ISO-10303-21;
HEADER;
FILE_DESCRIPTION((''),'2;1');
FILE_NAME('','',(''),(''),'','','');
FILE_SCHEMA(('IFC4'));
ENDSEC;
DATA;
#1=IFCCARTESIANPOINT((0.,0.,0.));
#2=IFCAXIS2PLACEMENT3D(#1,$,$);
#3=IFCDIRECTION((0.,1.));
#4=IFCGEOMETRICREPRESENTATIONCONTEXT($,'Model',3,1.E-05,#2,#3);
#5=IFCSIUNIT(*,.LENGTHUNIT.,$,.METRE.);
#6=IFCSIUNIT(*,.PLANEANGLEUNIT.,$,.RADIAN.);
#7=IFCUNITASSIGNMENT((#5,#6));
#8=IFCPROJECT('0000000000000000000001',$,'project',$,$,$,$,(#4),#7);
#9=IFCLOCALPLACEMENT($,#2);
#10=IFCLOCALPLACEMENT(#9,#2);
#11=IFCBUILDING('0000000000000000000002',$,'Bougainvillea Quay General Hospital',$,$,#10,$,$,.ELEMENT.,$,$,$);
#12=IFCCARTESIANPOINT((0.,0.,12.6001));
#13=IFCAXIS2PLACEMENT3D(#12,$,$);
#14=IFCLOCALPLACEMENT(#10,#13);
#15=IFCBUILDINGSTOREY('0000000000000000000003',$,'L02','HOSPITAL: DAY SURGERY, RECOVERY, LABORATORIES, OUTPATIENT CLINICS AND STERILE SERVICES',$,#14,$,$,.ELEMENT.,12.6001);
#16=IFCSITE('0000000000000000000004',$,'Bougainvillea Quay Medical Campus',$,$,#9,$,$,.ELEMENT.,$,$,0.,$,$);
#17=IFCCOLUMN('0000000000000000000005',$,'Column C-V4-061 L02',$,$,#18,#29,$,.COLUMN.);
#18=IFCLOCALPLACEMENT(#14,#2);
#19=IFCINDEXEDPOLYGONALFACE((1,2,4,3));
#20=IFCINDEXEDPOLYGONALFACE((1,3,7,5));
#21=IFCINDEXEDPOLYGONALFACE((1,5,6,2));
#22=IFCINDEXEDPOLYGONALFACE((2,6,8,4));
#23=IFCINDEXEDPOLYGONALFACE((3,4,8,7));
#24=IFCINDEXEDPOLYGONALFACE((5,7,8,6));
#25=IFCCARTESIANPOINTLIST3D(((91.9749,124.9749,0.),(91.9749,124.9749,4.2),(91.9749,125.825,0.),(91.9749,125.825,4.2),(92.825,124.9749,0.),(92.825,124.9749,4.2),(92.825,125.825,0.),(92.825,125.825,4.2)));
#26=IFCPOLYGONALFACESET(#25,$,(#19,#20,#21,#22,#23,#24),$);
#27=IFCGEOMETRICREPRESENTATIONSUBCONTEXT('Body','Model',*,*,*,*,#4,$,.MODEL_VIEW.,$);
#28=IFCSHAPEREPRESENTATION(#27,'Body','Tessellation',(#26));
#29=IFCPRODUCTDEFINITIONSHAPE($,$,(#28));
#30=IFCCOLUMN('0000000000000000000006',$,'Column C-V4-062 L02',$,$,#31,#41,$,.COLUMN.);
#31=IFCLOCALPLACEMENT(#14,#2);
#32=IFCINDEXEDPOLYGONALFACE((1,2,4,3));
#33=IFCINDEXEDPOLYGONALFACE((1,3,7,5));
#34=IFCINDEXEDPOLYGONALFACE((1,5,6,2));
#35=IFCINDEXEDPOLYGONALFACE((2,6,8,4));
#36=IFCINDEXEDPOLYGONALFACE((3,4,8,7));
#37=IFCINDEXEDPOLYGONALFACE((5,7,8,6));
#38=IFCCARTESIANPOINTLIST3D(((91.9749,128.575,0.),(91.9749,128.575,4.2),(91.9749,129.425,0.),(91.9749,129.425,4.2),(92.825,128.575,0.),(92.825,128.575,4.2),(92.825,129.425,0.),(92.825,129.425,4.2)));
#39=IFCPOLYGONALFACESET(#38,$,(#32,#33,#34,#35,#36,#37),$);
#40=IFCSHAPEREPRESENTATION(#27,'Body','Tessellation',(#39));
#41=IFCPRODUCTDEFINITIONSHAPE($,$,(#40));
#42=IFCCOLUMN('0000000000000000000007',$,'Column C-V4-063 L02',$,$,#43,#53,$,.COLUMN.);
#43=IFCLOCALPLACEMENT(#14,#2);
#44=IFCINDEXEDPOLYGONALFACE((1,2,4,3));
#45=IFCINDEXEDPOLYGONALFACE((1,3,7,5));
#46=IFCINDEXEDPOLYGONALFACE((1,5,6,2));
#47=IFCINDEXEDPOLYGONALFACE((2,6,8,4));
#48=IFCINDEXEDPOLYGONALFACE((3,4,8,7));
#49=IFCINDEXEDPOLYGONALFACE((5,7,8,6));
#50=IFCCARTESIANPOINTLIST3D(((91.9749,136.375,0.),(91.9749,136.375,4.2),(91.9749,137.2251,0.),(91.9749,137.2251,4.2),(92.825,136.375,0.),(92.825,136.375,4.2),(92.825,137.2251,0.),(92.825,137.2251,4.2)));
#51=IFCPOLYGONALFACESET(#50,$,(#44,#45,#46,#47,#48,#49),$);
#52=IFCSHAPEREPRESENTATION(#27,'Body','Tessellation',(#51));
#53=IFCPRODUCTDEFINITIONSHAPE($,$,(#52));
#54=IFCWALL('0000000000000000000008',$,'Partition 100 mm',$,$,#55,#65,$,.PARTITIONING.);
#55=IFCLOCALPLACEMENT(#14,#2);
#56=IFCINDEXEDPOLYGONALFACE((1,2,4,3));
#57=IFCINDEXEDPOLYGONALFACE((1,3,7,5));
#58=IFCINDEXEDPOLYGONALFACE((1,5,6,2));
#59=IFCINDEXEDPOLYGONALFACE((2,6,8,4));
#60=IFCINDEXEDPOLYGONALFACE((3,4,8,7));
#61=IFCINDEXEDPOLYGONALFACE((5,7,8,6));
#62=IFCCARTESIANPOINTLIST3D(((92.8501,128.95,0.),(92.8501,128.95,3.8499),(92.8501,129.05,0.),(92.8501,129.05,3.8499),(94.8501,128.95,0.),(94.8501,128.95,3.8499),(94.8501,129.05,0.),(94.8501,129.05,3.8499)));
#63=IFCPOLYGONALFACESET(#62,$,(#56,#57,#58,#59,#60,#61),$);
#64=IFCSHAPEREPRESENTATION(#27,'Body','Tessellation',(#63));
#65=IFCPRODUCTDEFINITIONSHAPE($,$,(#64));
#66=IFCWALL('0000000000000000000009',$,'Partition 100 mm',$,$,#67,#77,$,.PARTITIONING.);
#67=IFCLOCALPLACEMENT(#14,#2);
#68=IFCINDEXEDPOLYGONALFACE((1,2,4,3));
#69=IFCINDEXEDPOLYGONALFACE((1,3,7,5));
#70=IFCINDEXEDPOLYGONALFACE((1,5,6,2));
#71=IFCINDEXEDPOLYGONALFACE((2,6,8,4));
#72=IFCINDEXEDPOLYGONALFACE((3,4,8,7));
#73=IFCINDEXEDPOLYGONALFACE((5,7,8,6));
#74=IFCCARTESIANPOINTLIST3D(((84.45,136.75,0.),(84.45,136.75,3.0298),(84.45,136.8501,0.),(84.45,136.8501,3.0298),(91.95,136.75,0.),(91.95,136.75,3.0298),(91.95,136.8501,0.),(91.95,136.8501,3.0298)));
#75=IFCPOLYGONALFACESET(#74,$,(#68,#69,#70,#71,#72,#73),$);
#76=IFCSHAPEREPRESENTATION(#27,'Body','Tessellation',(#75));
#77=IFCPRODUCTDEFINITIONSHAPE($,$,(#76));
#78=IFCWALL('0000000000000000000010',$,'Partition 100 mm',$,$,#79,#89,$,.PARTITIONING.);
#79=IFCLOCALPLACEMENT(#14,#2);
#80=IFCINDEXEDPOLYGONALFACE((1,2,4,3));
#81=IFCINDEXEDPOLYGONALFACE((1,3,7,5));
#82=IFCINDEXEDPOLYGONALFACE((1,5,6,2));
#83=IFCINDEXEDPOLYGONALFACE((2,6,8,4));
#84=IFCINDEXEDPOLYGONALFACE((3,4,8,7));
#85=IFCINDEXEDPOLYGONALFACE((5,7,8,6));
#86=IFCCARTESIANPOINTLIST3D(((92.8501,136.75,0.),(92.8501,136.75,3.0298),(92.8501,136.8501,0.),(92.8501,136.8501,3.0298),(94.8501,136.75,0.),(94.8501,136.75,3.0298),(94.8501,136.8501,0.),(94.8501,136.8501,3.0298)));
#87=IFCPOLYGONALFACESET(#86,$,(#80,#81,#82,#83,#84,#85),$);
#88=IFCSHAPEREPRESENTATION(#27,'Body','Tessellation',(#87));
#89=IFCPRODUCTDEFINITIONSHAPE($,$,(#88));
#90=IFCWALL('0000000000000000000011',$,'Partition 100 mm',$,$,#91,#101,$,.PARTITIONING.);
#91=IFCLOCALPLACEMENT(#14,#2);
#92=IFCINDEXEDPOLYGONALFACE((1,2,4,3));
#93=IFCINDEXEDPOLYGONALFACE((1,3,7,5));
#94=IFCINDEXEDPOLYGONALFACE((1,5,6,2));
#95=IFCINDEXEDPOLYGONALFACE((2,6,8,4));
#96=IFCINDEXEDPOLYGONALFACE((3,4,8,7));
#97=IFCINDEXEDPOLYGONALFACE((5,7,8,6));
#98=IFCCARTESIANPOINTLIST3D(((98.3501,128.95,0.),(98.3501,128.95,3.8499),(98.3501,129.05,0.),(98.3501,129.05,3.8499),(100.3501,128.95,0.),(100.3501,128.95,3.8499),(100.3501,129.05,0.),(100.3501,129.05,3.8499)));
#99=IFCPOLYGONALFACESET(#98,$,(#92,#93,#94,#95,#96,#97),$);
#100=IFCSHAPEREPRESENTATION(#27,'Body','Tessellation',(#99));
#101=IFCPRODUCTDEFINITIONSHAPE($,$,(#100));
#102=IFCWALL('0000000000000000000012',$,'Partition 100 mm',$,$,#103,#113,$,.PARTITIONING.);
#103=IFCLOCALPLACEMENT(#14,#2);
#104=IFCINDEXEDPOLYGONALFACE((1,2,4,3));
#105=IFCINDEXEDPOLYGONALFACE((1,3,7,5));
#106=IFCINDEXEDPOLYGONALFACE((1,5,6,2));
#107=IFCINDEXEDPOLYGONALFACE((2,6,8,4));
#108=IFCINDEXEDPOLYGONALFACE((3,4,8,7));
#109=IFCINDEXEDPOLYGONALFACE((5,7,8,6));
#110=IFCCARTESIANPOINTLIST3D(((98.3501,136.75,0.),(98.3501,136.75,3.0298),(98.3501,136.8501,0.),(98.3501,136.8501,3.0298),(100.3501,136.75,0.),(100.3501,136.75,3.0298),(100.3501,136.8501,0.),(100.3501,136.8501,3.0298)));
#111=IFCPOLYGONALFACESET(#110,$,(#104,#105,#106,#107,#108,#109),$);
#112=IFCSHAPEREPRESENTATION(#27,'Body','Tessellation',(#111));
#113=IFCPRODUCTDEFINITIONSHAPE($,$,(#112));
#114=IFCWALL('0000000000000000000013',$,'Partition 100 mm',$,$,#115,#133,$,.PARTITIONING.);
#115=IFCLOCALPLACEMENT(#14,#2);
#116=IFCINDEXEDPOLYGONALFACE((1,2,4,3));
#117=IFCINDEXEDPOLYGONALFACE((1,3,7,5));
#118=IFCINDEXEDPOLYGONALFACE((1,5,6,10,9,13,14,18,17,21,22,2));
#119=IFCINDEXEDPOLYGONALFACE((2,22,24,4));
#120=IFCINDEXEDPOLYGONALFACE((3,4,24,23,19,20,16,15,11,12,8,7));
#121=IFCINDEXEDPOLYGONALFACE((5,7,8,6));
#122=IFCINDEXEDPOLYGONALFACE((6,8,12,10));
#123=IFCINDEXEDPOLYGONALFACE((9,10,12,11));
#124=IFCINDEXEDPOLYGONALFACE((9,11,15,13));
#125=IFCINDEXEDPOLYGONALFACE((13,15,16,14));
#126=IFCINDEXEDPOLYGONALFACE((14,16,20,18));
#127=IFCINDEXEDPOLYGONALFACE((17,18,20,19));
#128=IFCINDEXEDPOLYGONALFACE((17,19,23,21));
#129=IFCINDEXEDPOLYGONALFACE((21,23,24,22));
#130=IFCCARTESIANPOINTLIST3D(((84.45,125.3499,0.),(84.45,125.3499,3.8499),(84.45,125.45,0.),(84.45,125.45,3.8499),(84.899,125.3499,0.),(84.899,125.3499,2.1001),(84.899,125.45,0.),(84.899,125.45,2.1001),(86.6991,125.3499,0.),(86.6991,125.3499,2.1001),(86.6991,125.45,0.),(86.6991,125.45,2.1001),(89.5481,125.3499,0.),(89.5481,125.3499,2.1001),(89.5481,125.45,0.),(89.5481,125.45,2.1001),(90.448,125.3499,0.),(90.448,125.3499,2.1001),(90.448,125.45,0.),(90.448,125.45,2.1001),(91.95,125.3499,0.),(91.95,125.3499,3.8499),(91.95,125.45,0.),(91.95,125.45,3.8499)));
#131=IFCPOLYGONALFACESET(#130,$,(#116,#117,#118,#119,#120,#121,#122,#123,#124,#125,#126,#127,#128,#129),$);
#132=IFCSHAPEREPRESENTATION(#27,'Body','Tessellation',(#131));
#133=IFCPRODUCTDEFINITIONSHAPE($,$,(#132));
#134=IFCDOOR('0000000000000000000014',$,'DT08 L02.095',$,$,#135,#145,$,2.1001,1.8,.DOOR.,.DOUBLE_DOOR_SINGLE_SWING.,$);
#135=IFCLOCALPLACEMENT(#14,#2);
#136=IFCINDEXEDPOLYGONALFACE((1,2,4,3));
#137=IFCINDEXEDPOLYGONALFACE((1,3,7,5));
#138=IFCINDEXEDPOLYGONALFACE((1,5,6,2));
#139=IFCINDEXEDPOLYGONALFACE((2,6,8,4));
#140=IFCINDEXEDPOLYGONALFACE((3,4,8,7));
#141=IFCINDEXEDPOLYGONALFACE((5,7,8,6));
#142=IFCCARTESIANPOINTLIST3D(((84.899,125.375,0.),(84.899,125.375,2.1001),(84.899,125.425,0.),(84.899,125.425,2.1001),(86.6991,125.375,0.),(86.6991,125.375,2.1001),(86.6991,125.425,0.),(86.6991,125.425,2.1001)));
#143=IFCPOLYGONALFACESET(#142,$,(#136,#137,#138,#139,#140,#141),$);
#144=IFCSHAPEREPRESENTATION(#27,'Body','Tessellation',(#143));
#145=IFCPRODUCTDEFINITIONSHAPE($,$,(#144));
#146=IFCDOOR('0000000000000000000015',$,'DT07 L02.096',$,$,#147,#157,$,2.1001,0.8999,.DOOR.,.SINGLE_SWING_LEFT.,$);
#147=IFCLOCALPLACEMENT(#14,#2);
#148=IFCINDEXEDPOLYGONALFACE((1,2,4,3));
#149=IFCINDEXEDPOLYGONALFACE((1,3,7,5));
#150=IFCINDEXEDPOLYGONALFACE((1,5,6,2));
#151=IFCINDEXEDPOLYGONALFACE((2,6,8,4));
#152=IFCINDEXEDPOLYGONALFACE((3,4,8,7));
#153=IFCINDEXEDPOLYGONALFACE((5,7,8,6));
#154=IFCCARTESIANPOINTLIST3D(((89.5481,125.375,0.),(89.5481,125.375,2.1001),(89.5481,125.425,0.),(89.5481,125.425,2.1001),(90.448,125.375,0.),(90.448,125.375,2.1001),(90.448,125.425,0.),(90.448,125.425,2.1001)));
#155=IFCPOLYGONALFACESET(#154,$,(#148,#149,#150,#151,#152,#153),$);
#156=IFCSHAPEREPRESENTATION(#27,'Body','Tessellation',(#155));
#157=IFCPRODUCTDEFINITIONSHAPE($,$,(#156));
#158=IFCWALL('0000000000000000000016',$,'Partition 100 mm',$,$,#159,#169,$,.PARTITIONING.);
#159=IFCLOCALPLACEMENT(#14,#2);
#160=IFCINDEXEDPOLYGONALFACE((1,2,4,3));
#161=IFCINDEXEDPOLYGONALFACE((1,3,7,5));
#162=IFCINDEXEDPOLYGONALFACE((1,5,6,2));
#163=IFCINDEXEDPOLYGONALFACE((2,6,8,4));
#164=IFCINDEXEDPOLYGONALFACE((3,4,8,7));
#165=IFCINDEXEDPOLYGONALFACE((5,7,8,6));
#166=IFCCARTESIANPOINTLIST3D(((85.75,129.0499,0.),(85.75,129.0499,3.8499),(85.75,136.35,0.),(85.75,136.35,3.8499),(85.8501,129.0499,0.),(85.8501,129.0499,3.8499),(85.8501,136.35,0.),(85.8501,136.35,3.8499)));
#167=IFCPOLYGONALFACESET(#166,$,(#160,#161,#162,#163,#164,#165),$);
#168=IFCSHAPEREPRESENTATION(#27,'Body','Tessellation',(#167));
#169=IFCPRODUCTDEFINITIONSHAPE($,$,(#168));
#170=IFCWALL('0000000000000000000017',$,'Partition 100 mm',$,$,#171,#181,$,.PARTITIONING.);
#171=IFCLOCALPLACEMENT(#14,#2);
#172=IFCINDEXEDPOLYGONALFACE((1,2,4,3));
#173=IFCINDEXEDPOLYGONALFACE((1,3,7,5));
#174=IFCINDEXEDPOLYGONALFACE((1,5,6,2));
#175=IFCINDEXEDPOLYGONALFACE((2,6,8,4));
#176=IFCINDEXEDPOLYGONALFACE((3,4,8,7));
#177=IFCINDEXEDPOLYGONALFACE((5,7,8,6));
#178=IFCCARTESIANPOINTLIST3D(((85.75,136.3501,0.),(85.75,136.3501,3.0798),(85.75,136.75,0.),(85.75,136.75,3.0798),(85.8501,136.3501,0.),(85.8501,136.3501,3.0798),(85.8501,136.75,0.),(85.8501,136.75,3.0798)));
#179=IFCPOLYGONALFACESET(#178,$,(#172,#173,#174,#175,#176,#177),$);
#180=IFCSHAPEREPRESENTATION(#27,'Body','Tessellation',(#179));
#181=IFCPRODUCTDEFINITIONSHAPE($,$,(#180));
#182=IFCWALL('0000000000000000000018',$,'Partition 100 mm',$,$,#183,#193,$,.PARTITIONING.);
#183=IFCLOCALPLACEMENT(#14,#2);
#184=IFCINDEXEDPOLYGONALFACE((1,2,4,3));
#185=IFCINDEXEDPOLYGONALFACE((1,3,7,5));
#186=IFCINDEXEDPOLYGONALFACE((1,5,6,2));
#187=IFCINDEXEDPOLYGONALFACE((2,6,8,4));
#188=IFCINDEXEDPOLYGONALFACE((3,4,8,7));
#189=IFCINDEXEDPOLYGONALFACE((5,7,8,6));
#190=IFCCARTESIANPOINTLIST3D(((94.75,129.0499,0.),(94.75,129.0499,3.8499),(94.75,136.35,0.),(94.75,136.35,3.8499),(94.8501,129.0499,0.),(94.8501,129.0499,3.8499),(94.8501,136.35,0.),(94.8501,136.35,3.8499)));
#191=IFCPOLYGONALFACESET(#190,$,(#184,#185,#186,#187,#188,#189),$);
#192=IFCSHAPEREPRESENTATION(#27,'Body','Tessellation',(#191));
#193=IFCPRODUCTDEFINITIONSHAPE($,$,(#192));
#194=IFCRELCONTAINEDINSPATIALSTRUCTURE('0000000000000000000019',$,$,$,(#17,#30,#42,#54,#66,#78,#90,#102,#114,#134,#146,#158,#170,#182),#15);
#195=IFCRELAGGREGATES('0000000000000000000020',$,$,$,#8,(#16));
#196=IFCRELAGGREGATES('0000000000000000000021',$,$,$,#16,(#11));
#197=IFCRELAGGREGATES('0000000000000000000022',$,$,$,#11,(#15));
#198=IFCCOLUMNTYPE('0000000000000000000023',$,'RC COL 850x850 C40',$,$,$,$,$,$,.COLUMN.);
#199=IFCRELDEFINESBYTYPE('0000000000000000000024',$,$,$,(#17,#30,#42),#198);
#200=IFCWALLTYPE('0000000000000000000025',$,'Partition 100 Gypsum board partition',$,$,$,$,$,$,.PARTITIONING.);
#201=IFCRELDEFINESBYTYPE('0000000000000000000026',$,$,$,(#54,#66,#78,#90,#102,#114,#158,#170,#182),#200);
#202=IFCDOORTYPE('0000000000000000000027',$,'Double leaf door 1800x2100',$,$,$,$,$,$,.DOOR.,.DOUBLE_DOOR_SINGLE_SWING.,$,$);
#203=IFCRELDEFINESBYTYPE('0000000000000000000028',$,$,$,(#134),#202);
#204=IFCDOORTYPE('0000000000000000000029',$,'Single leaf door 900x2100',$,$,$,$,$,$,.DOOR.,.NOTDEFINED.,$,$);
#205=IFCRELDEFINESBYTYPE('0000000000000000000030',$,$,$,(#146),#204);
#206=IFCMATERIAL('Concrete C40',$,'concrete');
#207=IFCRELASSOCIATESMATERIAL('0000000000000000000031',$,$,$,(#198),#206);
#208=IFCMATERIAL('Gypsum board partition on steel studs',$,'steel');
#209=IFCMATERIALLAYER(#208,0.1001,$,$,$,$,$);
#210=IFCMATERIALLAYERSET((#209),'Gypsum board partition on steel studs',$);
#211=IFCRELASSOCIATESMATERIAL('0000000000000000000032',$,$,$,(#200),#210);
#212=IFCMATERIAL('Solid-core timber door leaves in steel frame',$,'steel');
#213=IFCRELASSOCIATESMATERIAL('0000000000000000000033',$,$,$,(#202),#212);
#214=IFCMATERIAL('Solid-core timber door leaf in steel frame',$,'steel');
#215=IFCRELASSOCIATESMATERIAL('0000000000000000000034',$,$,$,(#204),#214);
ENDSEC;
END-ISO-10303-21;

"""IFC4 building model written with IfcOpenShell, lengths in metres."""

from ifc_helpers import new_model, si_unit, direction, frame, frame_2d, origin, origin_2d, place, context, subcontext, project, spatial, rectangle, extrude, material, layer, layer_set, material_profile, profile_set, type_object, element, fill, save


model = new_model("IFC4")

# Units and contexts
model_context = context("Model", 3, precision=1e-05, world=origin(), true_north=direction((0.0, 1.0)))
body_context = subcontext(model_context, "Body", "Model", "MODEL_VIEW")
ifc_project = project(units=[si_unit("LENGTHUNIT", "METRE"), si_unit("PLANEANGLEUNIT", "RADIAN")], contexts=[model_context])

# Site, building, storey
site_placement = place(None, origin())
site = spatial("IfcSite", under=ifc_project, at=site_placement, Name="Bougainvillea Quay Medical Campus", CompositionType="ELEMENT", RefElevation=0.0)
building_placement = place(site_placement, origin())
building = spatial("IfcBuilding", under=site, at=building_placement, Name="Bougainvillea Quay General Hospital", CompositionType="ELEMENT")
storey_placement = place(building_placement, frame((0.0, 0.0, 12.6001)))
storey = spatial("IfcBuildingStorey", under=building, at=storey_placement, Name="L02", Description="HOSPITAL: DAY SURGERY, RECOVERY, LABORATORIES, OUTPATIENT CLINICS AND STERILE SERVICES", CompositionType="ELEMENT", Elevation=12.6001)

# Columns
ifc_material_1 = material(Name="Concrete C40", Category="concrete")
ifc_material_profile = material_profile(ifc_material_1, rectangle(XDim=0.8501, YDim=0.8501, at=origin_2d()))
ifc_profile_set = profile_set([ifc_material_profile], Name="Concrete C40")
column_type = type_object("IfcColumnType", Name="RC COL 850x850 C40", PredefinedType="COLUMN", material=ifc_profile_set)
for number, where, z_axis, x_axis, name in (
    (1, (92.3999, 125.3999, 0.0), (0.0, 0.0, 1.0), (1.0, 0.0, 0.0), "Column C-V4-061 L02"),
    (2, (92.3999, 129.0, 0.0), (0.0, 0.0, 1.0), (1.0, 0.0, 0.0), "Column C-V4-062 L02"),
    (3, (92.3999, 136.8, 0.0), (0.0, 0.0, 1.0), (1.0, 0.0, 0.0), "Column C-V4-063 L02"),
):
    element("IfcColumn", number, at=place(storey_placement, frame(where, z_axis=z_axis, x_axis=x_axis)), inside=storey, type_object=column_type, Name=name, PredefinedType="COLUMN", context=body_context, shape_type="SweptSolid", body=[
        extrude(rectangle(XDim=0.8501, YDim=0.8501, at=origin_2d()), origin(), (0.0, 0.0, 1.0), 4.2),
    ])

# Walls
ifc_material_2 = material(Name="Gypsum board partition on steel studs", Category="steel")
ifc_layer_1 = layer(ifc_material_2, 0.1001)
ifc_layer_set_1 = layer_set([ifc_layer_1], Name="Gypsum board partition on steel studs")
wall_type_1 = type_object("IfcWallType", Name="Partition 100 Gypsum board partition", PredefinedType="PARTITIONING", material=ifc_layer_set_1)
wall_1_placement = place(storey_placement, frame((92.8501, 129.0, 0.0), z_axis=(0.0, 0.0, 1.0), x_axis=(1.0, 0.0, 0.0)))
element("IfcWall", 4, at=wall_1_placement, inside=storey, type_object=wall_type_1, Name="Partition 100 mm", PredefinedType="PARTITIONING", context=body_context, shape_type="SweptSolid", body=[
    extrude(rectangle(XDim=2.0, YDim=0.1001, at=frame_2d((1.0, 0.0))), origin(), (0.0, 0.0, 1.0), 3.8499),
])
wall_2_placement = place(storey_placement, frame((84.45, 136.8, 0.0), z_axis=(0.0, 0.0, 1.0), x_axis=(1.0, 0.0, 0.0)))
element("IfcWall", 5, at=wall_2_placement, inside=storey, type_object=wall_type_1, Name="Partition 100 mm", PredefinedType="PARTITIONING", context=body_context, shape_type="SweptSolid", body=[
    extrude(rectangle(XDim=7.5, YDim=0.1001, at=frame_2d((3.75, 0.0))), origin(), (0.0, 0.0, 1.0), 3.0298),
])
wall_3_placement = place(storey_placement, frame((92.8501, 136.8, 0.0), z_axis=(0.0, 0.0, 1.0), x_axis=(1.0, 0.0, 0.0)))
element("IfcWall", 6, at=wall_3_placement, inside=storey, type_object=wall_type_1, Name="Partition 100 mm", PredefinedType="PARTITIONING", context=body_context, shape_type="SweptSolid", body=[
    extrude(rectangle(XDim=2.0, YDim=0.1001, at=frame_2d((1.0, 0.0))), origin(), (0.0, 0.0, 1.0), 3.0298),
])
wall_4_placement = place(storey_placement, frame((98.3501, 129.0, 0.0), z_axis=(0.0, 0.0, 1.0), x_axis=(1.0, 0.0, 0.0)))
element("IfcWall", 7, at=wall_4_placement, inside=storey, type_object=wall_type_1, Name="Partition 100 mm", PredefinedType="PARTITIONING", context=body_context, shape_type="SweptSolid", body=[
    extrude(rectangle(XDim=2.0, YDim=0.1001, at=frame_2d((1.0, 0.0))), origin(), (0.0, 0.0, 1.0), 3.8499),
])
wall_5_placement = place(storey_placement, frame((98.3501, 136.8, 0.0), z_axis=(0.0, 0.0, 1.0), x_axis=(1.0, 0.0, 0.0)))
element("IfcWall", 8, at=wall_5_placement, inside=storey, type_object=wall_type_1, Name="Partition 100 mm", PredefinedType="PARTITIONING", context=body_context, shape_type="SweptSolid", body=[
    extrude(rectangle(XDim=2.0, YDim=0.1001, at=frame_2d((1.0, 0.0))), origin(), (0.0, 0.0, 1.0), 3.0298),
])

# Wall, openings, doors
wall_6_placement = place(storey_placement, frame((91.95, 125.3999, 0.0), z_axis=(0.0, 0.0, 1.0), x_axis=(-1.0, 0.0, 0.0)))
wall_6 = element("IfcWall", 9, at=wall_6_placement, inside=storey, type_object=wall_type_1, Name="Partition 100 mm", PredefinedType="PARTITIONING", context=body_context, shape_type="SweptSolid", body=[
    extrude(rectangle(XDim=7.5, YDim=0.1001, at=frame_2d((3.75, 0.0))), origin(), (0.0, 0.0, 1.0), 3.8499),
])
opening_1_placement = place(wall_6_placement, frame((5.251, 0.0, 0.0)))
opening_1 = element("IfcOpeningElement", 10, at=opening_1_placement, cuts=wall_6, PredefinedType="OPENING", context=body_context, shape_type="SweptSolid", body=[
    extrude(rectangle(XDim=1.8, YDim=2.1001, at=frame_2d((0.8999, 1.05))), frame((0.0, 0.0601, 0.0), z_axis=(0.0, -1.0, 0.0), x_axis=(1.0, 0.0, 0.0)), (0.0, 0.0, 1.0), 0.1201),
])
opening_2_placement = place(wall_6_placement, frame((1.502, 0.0, 0.0)))
opening_2 = element("IfcOpeningElement", 11, at=opening_2_placement, cuts=wall_6, PredefinedType="OPENING", context=body_context, shape_type="SweptSolid", body=[
    extrude(rectangle(XDim=0.8999, YDim=2.1001, at=frame_2d((0.45, 1.05))), frame((0.0, 0.0601, 0.0), z_axis=(0.0, -1.0, 0.0), x_axis=(1.0, 0.0, 0.0)), (0.0, 0.0, 1.0), 0.1201),
])
ifc_material_3 = material(Name="Solid-core timber door leaves in steel frame", Category="steel")
door_type_1 = type_object("IfcDoorType", Name="Double leaf door 1800x2100", OperationType="DOUBLE_DOOR_SINGLE_SWING", PredefinedType="DOOR", material=ifc_material_3)
door_1_placement = place(opening_1_placement, origin())
door_1 = element("IfcDoor", 12, at=door_1_placement, inside=storey, type_object=door_type_1, Name="DT08 L02.095", OperationType="DOUBLE_DOOR_SINGLE_SWING", OverallHeight=2.1001, OverallWidth=1.8, PredefinedType="DOOR", context=body_context, shape_type="SweptSolid", body=[
    extrude(rectangle(XDim=1.8, YDim=2.1001, at=frame_2d((0.8999, 1.05))), frame((0.0, 0.0249, 0.0), z_axis=(0.0, -1.0, 0.0), x_axis=(1.0, 0.0, 0.0)), (0.0, 0.0, 1.0), 0.05),
])
fill(opening_1, door_1)
ifc_material_4 = material(Name="Solid-core timber door leaf in steel frame", Category="steel")
door_type_2 = type_object("IfcDoorType", Name="Single leaf door 900x2100", OperationType="NOTDEFINED", PredefinedType="DOOR", material=ifc_material_4)
door_2_placement = place(opening_2_placement, origin())
door_2 = element("IfcDoor", 13, at=door_2_placement, inside=storey, type_object=door_type_2, Name="DT07 L02.096", OperationType="SINGLE_SWING_LEFT", OverallHeight=2.1001, OverallWidth=0.8999, PredefinedType="DOOR", context=body_context, shape_type="SweptSolid", body=[
    extrude(rectangle(XDim=0.8999, YDim=2.1001, at=frame_2d((0.45, 1.05))), frame((0.0, 0.0249, 0.0), z_axis=(0.0, -1.0, 0.0), x_axis=(1.0, 0.0, 0.0)), (0.0, 0.0, 1.0), 0.05),
])
fill(opening_2, door_2)

# Walls
wall_7_placement = place(storey_placement, frame((85.8, 129.05, 0.0), z_axis=(0.0, 0.0, 1.0), x_axis=(0.0, 1.0, 0.0)))
element("IfcWall", 14, at=wall_7_placement, inside=storey, type_object=wall_type_1, Name="Partition 100 mm", PredefinedType="PARTITIONING", context=body_context, shape_type="SweptSolid", body=[
    extrude(rectangle(XDim=7.3, YDim=0.1001, at=frame_2d((3.6499, 0.0))), origin(), (0.0, 0.0, 1.0), 3.8499),
])
wall_8_placement = place(storey_placement, frame((85.8, 136.3501, 0.0), z_axis=(0.0, 0.0, 1.0), x_axis=(0.0, 1.0, 0.0)))
element("IfcWall", 15, at=wall_8_placement, inside=storey, type_object=wall_type_1, Name="Partition 100 mm", PredefinedType="PARTITIONING", context=body_context, shape_type="SweptSolid", body=[
    extrude(rectangle(XDim=0.3999, YDim=0.1001, at=frame_2d((0.2, 0.0))), origin(), (0.0, 0.0, 1.0), 3.0798),
])
wall_9_placement = place(storey_placement, frame((94.8, 129.05, 0.0), z_axis=(0.0, 0.0, 1.0), x_axis=(0.0, 1.0, 0.0)))
element("IfcWall", 16, at=wall_9_placement, inside=storey, type_object=wall_type_1, Name="Partition 100 mm", PredefinedType="PARTITIONING", context=body_context, shape_type="SweptSolid", body=[
    extrude(rectangle(XDim=7.3, YDim=0.1001, at=frame_2d((3.6499, 0.0))), origin(), (0.0, 0.0, 1.0), 3.8499),
])

save(model, "model.ifc")
